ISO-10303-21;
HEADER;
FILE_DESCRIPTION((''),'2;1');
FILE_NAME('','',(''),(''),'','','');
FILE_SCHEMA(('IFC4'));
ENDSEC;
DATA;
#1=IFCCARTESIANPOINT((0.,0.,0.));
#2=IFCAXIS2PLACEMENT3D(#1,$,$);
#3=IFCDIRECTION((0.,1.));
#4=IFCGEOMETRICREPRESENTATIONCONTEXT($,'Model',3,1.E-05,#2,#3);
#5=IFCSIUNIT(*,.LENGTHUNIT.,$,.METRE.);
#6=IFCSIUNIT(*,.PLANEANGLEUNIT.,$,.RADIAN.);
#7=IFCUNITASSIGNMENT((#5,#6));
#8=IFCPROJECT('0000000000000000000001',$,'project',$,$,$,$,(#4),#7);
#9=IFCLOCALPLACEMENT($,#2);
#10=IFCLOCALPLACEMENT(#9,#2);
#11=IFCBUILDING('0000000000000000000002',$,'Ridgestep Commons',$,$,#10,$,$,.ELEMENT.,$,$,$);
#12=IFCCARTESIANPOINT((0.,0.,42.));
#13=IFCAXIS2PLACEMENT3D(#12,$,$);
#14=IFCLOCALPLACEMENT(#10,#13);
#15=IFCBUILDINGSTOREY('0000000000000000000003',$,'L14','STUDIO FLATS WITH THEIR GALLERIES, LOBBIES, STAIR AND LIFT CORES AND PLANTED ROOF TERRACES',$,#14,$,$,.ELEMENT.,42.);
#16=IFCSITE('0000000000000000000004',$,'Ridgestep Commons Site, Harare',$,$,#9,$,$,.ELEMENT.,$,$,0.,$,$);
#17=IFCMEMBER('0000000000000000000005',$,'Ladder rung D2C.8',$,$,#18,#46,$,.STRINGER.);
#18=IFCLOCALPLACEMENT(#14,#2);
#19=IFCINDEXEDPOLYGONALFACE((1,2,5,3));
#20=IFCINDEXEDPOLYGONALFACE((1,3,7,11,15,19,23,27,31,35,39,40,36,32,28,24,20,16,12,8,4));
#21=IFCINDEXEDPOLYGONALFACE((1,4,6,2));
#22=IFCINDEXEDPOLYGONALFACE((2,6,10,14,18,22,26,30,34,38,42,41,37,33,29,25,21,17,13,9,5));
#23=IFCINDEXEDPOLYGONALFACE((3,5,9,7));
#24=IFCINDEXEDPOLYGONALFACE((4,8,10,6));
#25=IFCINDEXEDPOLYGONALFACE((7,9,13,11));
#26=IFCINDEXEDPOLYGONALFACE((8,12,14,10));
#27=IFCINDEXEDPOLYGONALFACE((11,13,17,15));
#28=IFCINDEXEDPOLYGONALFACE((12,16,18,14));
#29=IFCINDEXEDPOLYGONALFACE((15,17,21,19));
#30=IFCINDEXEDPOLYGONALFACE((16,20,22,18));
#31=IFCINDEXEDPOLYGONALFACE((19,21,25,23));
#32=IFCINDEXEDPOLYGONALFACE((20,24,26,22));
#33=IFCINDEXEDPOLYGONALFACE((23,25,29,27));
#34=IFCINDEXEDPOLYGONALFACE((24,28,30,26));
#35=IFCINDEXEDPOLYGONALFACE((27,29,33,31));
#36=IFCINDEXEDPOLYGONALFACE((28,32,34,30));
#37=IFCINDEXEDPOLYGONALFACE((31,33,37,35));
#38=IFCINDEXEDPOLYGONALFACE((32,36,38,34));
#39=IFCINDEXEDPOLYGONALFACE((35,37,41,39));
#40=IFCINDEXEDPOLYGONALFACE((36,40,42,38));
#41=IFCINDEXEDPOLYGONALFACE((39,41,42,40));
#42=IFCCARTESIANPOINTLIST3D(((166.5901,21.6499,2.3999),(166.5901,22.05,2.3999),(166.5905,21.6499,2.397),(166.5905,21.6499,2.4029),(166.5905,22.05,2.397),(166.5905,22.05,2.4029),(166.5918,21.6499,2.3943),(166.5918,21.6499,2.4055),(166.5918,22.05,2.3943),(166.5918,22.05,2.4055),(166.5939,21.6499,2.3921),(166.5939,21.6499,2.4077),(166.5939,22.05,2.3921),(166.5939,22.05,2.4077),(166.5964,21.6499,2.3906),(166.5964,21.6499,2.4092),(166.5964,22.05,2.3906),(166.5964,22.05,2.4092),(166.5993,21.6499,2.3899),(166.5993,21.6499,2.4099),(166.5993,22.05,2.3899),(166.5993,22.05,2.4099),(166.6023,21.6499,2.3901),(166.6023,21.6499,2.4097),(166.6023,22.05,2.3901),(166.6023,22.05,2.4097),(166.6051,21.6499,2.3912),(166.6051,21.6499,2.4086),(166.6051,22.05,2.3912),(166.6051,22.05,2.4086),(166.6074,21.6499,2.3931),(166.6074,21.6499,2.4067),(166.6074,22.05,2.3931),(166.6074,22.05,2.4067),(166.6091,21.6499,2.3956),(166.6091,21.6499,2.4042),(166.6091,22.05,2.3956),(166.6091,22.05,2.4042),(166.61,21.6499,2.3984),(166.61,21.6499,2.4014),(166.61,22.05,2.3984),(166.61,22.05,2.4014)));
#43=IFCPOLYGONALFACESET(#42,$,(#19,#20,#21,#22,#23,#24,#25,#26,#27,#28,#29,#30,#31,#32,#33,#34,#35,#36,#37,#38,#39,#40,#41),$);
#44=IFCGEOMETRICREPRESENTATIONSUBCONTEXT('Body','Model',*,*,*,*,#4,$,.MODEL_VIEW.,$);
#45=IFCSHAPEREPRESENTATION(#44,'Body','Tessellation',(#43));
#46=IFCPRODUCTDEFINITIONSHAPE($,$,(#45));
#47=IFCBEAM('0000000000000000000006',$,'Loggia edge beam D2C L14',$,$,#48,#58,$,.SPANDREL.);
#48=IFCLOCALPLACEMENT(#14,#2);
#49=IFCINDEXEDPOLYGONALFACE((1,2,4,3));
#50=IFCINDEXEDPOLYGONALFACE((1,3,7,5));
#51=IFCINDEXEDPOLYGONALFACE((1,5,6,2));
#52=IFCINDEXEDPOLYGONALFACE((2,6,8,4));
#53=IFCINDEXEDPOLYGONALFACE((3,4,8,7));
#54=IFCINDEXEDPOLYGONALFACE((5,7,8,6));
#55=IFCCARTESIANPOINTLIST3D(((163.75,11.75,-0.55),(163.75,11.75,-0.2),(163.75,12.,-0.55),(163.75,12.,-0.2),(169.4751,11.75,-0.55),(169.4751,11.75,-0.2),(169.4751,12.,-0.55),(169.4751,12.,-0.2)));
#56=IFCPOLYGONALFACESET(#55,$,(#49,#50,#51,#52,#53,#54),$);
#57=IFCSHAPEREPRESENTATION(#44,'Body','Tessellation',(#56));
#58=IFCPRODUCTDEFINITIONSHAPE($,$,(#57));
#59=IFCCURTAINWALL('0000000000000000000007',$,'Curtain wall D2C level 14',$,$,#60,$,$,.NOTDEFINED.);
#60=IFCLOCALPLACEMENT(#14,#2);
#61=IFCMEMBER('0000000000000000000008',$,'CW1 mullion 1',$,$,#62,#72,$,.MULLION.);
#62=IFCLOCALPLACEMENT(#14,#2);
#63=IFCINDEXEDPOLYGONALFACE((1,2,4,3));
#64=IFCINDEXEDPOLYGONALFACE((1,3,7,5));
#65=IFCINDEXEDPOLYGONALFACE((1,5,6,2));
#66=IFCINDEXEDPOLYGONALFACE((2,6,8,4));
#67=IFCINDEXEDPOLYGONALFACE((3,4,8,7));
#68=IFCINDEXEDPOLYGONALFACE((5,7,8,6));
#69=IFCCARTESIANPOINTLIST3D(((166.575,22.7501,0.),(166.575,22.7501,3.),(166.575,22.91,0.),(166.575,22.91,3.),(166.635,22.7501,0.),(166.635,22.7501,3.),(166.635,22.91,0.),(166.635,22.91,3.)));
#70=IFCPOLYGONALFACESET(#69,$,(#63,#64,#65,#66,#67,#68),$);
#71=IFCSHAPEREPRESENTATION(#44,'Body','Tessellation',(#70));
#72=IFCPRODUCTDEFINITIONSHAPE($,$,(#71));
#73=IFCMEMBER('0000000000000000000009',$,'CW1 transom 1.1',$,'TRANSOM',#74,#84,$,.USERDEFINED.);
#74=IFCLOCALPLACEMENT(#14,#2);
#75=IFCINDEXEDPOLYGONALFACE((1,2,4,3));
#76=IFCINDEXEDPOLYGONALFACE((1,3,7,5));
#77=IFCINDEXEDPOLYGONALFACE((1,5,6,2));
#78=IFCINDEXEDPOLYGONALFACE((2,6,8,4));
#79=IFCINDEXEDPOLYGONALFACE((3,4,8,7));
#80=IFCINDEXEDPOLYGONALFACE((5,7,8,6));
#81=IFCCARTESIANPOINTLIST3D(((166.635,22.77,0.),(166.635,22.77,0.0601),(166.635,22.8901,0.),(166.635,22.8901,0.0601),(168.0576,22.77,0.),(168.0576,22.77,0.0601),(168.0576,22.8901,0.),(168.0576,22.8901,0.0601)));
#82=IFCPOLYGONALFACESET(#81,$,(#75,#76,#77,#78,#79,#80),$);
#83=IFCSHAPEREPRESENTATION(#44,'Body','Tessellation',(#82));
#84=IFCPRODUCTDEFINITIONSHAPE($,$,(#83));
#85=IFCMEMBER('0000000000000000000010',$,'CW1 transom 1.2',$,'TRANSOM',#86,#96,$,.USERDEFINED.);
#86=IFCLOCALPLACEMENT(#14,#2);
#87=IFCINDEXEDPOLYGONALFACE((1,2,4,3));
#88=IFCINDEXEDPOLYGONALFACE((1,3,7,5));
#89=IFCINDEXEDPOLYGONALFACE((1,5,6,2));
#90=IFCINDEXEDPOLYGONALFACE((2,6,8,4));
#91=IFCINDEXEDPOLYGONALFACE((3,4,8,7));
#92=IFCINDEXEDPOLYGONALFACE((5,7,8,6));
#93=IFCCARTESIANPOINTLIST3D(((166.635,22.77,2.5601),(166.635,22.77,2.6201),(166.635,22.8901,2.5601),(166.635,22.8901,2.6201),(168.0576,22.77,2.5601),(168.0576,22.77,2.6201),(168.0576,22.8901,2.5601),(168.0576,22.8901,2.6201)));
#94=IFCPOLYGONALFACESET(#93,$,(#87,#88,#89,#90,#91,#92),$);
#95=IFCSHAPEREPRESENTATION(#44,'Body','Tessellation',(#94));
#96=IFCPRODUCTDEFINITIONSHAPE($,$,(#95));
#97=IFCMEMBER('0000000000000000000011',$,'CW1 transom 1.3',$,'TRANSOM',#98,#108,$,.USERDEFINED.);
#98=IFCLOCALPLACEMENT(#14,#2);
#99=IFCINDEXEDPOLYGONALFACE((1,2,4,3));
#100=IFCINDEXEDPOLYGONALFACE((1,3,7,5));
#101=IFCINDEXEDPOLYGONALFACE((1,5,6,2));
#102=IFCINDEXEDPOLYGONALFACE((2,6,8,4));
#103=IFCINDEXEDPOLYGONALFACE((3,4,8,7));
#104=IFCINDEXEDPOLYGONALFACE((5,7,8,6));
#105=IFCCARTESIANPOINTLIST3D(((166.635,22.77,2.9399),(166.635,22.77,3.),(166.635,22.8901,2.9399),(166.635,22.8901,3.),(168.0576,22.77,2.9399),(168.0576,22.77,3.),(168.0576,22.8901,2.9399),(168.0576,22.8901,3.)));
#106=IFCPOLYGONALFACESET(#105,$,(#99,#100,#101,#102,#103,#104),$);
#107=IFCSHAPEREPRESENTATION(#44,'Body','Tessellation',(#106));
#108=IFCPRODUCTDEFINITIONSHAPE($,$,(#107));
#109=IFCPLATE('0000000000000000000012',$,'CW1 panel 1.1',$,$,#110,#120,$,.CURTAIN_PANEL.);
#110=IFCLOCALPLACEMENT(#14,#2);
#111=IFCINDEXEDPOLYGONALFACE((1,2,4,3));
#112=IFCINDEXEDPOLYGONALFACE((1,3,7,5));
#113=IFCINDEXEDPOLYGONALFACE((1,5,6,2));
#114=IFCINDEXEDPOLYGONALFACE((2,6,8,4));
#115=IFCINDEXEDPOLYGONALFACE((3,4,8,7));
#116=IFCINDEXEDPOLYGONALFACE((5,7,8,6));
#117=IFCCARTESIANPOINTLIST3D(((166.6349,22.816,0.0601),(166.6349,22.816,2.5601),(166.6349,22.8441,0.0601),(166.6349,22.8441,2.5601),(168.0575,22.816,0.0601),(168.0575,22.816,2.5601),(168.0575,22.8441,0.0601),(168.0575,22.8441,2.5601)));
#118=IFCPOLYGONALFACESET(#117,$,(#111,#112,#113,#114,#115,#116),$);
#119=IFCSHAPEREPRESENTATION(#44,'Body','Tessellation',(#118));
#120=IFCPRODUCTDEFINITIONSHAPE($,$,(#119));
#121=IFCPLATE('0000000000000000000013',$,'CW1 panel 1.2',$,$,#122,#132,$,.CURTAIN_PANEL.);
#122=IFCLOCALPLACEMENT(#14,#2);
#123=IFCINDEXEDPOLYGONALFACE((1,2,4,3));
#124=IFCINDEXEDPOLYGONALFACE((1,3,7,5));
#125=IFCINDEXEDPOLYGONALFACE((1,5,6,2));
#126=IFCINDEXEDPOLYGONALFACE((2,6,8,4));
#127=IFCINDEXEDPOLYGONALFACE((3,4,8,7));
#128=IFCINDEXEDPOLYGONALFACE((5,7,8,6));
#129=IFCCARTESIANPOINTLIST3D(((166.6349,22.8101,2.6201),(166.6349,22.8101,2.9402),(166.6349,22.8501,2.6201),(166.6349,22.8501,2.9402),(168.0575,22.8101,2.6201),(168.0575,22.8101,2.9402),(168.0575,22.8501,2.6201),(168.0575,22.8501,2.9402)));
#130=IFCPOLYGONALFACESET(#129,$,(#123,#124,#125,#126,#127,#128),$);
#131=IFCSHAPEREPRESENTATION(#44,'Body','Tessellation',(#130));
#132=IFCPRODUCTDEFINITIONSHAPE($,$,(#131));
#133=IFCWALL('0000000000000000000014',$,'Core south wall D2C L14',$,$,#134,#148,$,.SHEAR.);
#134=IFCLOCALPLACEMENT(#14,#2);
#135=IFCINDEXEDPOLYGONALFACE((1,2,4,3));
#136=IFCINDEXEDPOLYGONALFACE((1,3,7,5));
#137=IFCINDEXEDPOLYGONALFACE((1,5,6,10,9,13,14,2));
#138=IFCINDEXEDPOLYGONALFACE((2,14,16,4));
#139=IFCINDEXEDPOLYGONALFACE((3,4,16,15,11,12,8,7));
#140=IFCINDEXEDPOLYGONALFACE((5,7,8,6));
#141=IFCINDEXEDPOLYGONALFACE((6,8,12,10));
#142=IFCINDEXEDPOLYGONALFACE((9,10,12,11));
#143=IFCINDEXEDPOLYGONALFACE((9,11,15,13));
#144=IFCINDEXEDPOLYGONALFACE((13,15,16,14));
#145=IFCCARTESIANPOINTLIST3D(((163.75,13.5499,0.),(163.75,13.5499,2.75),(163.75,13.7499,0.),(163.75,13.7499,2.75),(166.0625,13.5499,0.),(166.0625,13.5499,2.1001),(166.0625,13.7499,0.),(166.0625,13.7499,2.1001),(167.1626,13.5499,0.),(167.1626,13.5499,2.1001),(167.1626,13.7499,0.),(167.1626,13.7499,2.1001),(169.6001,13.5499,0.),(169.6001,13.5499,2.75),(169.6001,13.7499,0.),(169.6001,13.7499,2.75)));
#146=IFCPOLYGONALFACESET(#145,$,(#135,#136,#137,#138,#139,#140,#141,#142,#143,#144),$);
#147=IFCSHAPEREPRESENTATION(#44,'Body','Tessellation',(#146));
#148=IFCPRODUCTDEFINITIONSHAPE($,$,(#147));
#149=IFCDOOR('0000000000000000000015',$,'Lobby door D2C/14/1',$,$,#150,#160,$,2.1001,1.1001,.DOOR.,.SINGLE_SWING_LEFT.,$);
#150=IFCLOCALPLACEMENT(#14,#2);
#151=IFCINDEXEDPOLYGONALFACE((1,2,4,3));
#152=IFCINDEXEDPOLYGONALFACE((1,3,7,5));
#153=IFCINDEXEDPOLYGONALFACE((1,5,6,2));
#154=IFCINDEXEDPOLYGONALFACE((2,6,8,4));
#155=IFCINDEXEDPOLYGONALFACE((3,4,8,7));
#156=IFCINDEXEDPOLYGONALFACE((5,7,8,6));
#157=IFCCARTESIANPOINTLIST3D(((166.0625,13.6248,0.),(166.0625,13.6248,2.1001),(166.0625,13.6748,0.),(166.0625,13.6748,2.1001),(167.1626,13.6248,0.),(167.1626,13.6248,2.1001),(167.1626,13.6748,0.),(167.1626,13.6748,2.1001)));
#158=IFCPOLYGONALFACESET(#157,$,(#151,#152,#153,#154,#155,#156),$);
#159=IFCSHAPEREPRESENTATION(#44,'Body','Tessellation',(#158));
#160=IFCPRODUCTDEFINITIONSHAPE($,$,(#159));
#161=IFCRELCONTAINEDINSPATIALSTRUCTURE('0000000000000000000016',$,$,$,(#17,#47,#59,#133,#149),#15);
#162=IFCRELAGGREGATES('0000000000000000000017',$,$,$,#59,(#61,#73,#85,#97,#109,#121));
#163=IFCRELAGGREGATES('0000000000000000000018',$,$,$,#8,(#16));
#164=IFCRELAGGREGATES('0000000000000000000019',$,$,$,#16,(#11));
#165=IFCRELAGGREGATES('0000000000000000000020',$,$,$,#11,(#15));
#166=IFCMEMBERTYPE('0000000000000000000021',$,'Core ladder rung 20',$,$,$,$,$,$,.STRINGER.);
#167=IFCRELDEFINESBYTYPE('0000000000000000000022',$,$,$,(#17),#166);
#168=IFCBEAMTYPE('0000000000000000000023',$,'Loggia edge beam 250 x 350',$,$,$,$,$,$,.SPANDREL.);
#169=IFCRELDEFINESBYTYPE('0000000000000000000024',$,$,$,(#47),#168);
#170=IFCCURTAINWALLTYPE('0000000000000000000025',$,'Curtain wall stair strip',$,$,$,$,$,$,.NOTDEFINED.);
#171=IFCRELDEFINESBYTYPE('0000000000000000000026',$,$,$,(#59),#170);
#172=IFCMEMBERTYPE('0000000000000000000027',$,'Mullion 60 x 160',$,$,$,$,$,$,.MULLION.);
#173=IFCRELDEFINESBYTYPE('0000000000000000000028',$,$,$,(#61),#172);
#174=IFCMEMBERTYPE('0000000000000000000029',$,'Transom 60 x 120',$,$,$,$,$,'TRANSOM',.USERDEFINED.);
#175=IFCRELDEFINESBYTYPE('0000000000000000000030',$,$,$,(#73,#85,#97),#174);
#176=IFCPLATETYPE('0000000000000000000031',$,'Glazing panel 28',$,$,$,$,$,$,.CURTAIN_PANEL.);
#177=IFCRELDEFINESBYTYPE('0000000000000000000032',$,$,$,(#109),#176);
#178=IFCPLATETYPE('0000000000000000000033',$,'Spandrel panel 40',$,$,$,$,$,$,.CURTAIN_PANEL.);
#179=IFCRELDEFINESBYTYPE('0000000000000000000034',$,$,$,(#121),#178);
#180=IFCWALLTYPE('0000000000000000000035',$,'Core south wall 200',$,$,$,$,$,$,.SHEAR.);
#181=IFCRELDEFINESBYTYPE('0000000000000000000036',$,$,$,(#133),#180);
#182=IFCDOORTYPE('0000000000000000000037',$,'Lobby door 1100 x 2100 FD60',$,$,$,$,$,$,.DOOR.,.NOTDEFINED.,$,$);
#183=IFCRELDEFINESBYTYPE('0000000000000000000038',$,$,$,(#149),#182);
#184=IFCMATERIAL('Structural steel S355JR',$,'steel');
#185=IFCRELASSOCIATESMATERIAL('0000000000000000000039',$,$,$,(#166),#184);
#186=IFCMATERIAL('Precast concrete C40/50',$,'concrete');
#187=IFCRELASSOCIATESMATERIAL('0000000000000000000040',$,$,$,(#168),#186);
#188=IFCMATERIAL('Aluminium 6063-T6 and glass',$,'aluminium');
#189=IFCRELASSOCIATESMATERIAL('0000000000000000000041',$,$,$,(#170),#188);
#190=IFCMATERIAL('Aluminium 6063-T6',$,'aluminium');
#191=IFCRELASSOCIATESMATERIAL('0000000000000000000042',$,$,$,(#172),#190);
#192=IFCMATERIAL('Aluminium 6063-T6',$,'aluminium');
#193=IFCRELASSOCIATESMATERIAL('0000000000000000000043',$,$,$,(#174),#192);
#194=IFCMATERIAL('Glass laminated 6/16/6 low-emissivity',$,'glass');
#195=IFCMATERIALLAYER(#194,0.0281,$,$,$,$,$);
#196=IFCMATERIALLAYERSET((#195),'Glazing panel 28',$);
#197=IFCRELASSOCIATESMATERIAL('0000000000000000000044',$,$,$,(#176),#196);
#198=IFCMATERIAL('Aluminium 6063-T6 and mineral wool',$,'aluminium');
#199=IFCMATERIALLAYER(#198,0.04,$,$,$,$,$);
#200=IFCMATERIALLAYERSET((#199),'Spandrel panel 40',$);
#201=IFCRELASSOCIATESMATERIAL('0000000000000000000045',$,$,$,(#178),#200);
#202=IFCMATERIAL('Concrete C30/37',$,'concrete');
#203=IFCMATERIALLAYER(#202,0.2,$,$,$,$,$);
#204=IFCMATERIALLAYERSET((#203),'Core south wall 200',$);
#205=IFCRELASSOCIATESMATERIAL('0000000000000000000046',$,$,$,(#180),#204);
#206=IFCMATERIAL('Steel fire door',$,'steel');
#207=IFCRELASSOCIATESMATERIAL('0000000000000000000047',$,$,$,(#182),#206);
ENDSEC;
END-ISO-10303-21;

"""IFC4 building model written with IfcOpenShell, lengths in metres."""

from ifc_helpers import new_model, si_unit, direction, frame, frame_2d, origin, origin_2d, place, context, subcontext, project, spatial, rectangle, circle, extrude, material, layer, layer_set, material_profile, profile_set, type_object, element, fill, aggregate, save


model = new_model("IFC4")

# Units and contexts
model_context = context("Model", 3, precision=1e-05, world=origin(), true_north=direction((0.0, 1.0)))
body_context = subcontext(model_context, "Body", "Model", "MODEL_VIEW")
ifc_project = project(units=[si_unit("LENGTHUNIT", "METRE"), si_unit("PLANEANGLEUNIT", "RADIAN")], contexts=[model_context])

# Site, building, storey
site_placement = place(None, origin())
site = spatial("IfcSite", under=ifc_project, at=site_placement, Name="Ridgestep Commons Site, Harare", CompositionType="ELEMENT", RefElevation=0.0)
building_placement = place(site_placement, origin())
building = spatial("IfcBuilding", under=site, at=building_placement, Name="Ridgestep Commons", CompositionType="ELEMENT")
storey_placement = place(building_placement, frame((0.0, 0.0, 42.0)))
storey = spatial("IfcBuildingStorey", under=building, at=storey_placement, Name="L14", Description="STUDIO FLATS WITH THEIR GALLERIES, LOBBIES, STAIR AND LIFT CORES AND PLANTED ROOF TERRACES", CompositionType="ELEMENT", Elevation=42.0)

# Member
ifc_material_1 = material(Name="Structural steel S355JR", Category="steel")
ifc_material_profile_1 = material_profile(ifc_material_1, circle(Radius=0.01, at=origin_2d()), Name="Round bar 20")
ifc_profile_set_1 = profile_set([ifc_material_profile_1], Name="Structural steel S355JR")
member_type_1 = type_object("IfcMemberType", Name="Core ladder rung 20", PredefinedType="STRINGER", material=ifc_profile_set_1)
for number, where, z_axis, x_axis, name in (
    (1, (166.6001, 21.6499, 2.3999), (0.0, 1.0, 0.0), (-1.0, 0.0, 0.0), "Ladder rung D2C.8"),
):
    element("IfcMember", number, at=place(storey_placement, frame(where, z_axis=z_axis, x_axis=x_axis)), inside=storey, type_object=member_type_1, Name=name, PredefinedType="STRINGER", context=body_context, shape_type="SweptSolid", body=[
        extrude(circle(Radius=0.01, at=origin_2d()), origin(), (0.0, 0.0, 1.0), 0.4001),
    ])

# Beam
ifc_material_2 = material(Name="Precast concrete C40/50", Category="concrete")
ifc_material_profile_2 = material_profile(ifc_material_2, rectangle(XDim=0.25, YDim=0.3501, at=origin_2d()), Name="PC 250x350")
ifc_profile_set_2 = profile_set([ifc_material_profile_2], Name="Precast concrete C40/50")
beam_type = type_object("IfcBeamType", Name="Loggia edge beam 250 x 350", PredefinedType="SPANDREL", material=ifc_profile_set_2)
beam_placement = place(storey_placement, frame((163.75, 11.875, -0.375), z_axis=(1.0, 0.0, 0.0), x_axis=(0.0, 1.0, 0.0)))
element("IfcBeam", 2, at=beam_placement, inside=storey, type_object=beam_type, Name="Loggia edge beam D2C L14", PredefinedType="SPANDREL", context=body_context, shape_type="SweptSolid", body=[
    extrude(rectangle(XDim=0.25, YDim=0.3501, at=origin_2d()), origin(), (0.0, 0.0, 1.0), 5.7251),
])

# Curtain wall, members, plates
ifc_material_3 = material(Name="Aluminium 6063-T6 and glass", Category="aluminium")
curtain_wall_type = type_object("IfcCurtainWallType", Name="Curtain wall stair strip", PredefinedType="NOTDEFINED", material=ifc_material_3)
curtain_wall_placement = place(storey_placement, origin())
curtain_wall = element("IfcCurtainWall", 3, at=curtain_wall_placement, inside=storey, type_object=curtain_wall_type, Name="Curtain wall D2C level 14", PredefinedType="NOTDEFINED")
ifc_material_4 = material(Name="Aluminium 6063-T6", Category="aluminium")
ifc_material_profile_3 = material_profile(ifc_material_4, rectangle(XDim=0.1599, YDim=0.0601, at=origin_2d()), Name="Mullion 60 x 160")
ifc_profile_set_3 = profile_set([ifc_material_profile_3], Name="Aluminium 6063-T6")
member_type_2 = type_object("IfcMemberType", Name="Mullion 60 x 160", PredefinedType="MULLION", material=ifc_profile_set_3)
member_1_placement = place(storey_placement, frame((166.605, 22.8301, 0.0), z_axis=(0.0, 0.0, 1.0), x_axis=(0.0, 1.0, 0.0)))
member_1 = element("IfcMember", 4, at=member_1_placement, type_object=member_type_2, Name="CW1 mullion 1", PredefinedType="MULLION", context=body_context, shape_type="SweptSolid", body=[
    extrude(rectangle(XDim=0.1599, YDim=0.0601, at=origin_2d()), origin(), (0.0, 0.0, 1.0), 3.0),
])
ifc_material_5 = material(Name="Aluminium 6063-T6", Category="aluminium")
ifc_material_profile_4 = material_profile(ifc_material_5, rectangle(XDim=0.1201, YDim=0.0601, at=origin_2d()), Name="Transom 60 x 120")
ifc_profile_set_4 = profile_set([ifc_material_profile_4], Name="Aluminium 6063-T6")
member_type_3 = type_object("IfcMemberType", Name="Transom 60 x 120", ElementType="TRANSOM", PredefinedType="USERDEFINED", material=ifc_profile_set_4)
member_2_placement = place(storey_placement, frame((166.635, 22.8301, 0.03), z_axis=(1.0, 0.0, 0.0), x_axis=(0.0, 1.0, 0.0)))
member_2 = element("IfcMember", 5, at=member_2_placement, type_object=member_type_3, Name="CW1 transom 1.1", ObjectType="TRANSOM", PredefinedType="USERDEFINED", context=body_context, shape_type="SweptSolid", body=[
    extrude(rectangle(XDim=0.1201, YDim=0.0601, at=origin_2d()), origin(), (0.0, 0.0, 1.0), 1.4226),
])
member_3_placement = place(storey_placement, frame((166.635, 22.8301, 2.5901), z_axis=(1.0, 0.0, 0.0), x_axis=(0.0, 1.0, 0.0)))
member_3 = element("IfcMember", 6, at=member_3_placement, type_object=member_type_3, Name="CW1 transom 1.2", ObjectType="TRANSOM", PredefinedType="USERDEFINED", context=body_context, shape_type="SweptSolid", body=[
    extrude(rectangle(XDim=0.1201, YDim=0.0601, at=origin_2d()), origin(), (0.0, 0.0, 1.0), 1.4226),
])
member_4_placement = place(storey_placement, frame((166.635, 22.8301, 2.97), z_axis=(1.0, 0.0, 0.0), x_axis=(0.0, 1.0, 0.0)))
member_4 = element("IfcMember", 7, at=member_4_placement, type_object=member_type_3, Name="CW1 transom 1.3", ObjectType="TRANSOM", PredefinedType="USERDEFINED", context=body_context, shape_type="SweptSolid", body=[
    extrude(rectangle(XDim=0.1201, YDim=0.0601, at=origin_2d()), origin(), (0.0, 0.0, 1.0), 1.4226),
])
ifc_material_6 = material(Name="Glass laminated 6/16/6 low-emissivity", Category="glass")
ifc_layer_1 = layer(ifc_material_6, 0.0281)
ifc_layer_set_1 = layer_set([ifc_layer_1], Name="Glazing panel 28")
plate_type_1 = type_object("IfcPlateType", Name="Glazing panel 28", PredefinedType="CURTAIN_PANEL", material=ifc_layer_set_1)
plate_1_placement = place(storey_placement, frame((167.3462, 22.8301, 0.0601), z_axis=(0.0, 0.0, 1.0), x_axis=(1.0, 0.0, 0.0)))
plate_1 = element("IfcPlate", 8, at=plate_1_placement, type_object=plate_type_1, Name="CW1 panel 1.1", PredefinedType="CURTAIN_PANEL", context=body_context, shape_type="SweptSolid", body=[
    extrude(rectangle(XDim=1.4226, YDim=0.0281, at=origin_2d()), origin(), (0.0, 0.0, 1.0), 2.5),
])
ifc_material_7 = material(Name="Aluminium 6063-T6 and mineral wool", Category="aluminium")
ifc_layer_2 = layer(ifc_material_7, 0.04)
ifc_layer_set_2 = layer_set([ifc_layer_2], Name="Spandrel panel 40")
plate_type_2 = type_object("IfcPlateType", Name="Spandrel panel 40", PredefinedType="CURTAIN_PANEL", material=ifc_layer_set_2)
plate_2_placement = place(storey_placement, frame((167.3462, 22.8301, 2.6201), z_axis=(0.0, 0.0, 1.0), x_axis=(1.0, 0.0, 0.0)))
plate_2 = element("IfcPlate", 9, at=plate_2_placement, type_object=plate_type_2, Name="CW1 panel 1.2", PredefinedType="CURTAIN_PANEL", context=body_context, shape_type="SweptSolid", body=[
    extrude(rectangle(XDim=1.4226, YDim=0.04, at=origin_2d()), origin(), (0.0, 0.0, 1.0), 0.3201),
])
aggregate(curtain_wall, [member_1, member_2, member_3, member_4, plate_1, plate_2])

# Wall, opening, door
ifc_material_8 = material(Name="Concrete C30/37", Category="concrete")
ifc_layer_3 = layer(ifc_material_8, 0.2)
ifc_layer_set_3 = layer_set([ifc_layer_3], Name="Core south wall 200")
wall_type_1 = type_object("IfcWallType", Name="Core south wall 200", PredefinedType="SHEAR", material=ifc_layer_set_3)
wall_1_placement = place(storey_placement, frame((163.75, 13.6499, 0.0), z_axis=(0.0, 0.0, 1.0), x_axis=(1.0, 0.0, 0.0)))
wall_1 = element("IfcWall", 10, at=wall_1_placement, inside=storey, type_object=wall_type_1, Name="Core south wall D2C L14", PredefinedType="SHEAR", context=body_context, shape_type="SweptSolid", body=[
    extrude(rectangle(XDim=5.8501, YDim=0.2, at=frame_2d((2.925, 0.0))), origin(), (0.0, 0.0, 1.0), 2.75),
])
opening_1_placement = place(wall_1_placement, frame((2.3125, 0.0, 0.0)))
opening_1 = element("IfcOpeningElement", 11, at=opening_1_placement, cuts=wall_1, PredefinedType="OPENING", context=body_context, shape_type="SweptSolid", body=[
    extrude(rectangle(XDim=1.1001, YDim=2.1001, at=frame_2d((0.55, 1.05))), frame((0.0, 0.1099, 0.0), z_axis=(0.0, -1.0, 0.0), x_axis=(1.0, 0.0, 0.0)), (0.0, 0.0, 1.0), 0.22),
])
ifc_material_9 = material(Name="Steel fire door", Category="steel")
door_type_1 = type_object("IfcDoorType", Name="Lobby door 1100 x 2100 FD60", OperationType="NOTDEFINED", PredefinedType="DOOR", material=ifc_material_9)
door_1_placement = place(opening_1_placement, origin())
door_1 = element("IfcDoor", 12, at=door_1_placement, inside=storey, type_object=door_type_1, Name="Lobby door D2C/14/1", OperationType="SINGLE_SWING_LEFT", OverallHeight=2.1001, OverallWidth=1.1001, PredefinedType="DOOR", context=body_context, shape_type="SweptSolid", body=[
    extrude(rectangle(XDim=1.1001, YDim=2.1001, at=frame_2d((0.55, 1.05))), frame((0.0, 0.0249, 0.0), z_axis=(0.0, -1.0, 0.0), x_axis=(1.0, 0.0, 0.0)), (0.0, 0.0, 1.0), 0.05),
])
fill(opening_1, door_1)

save(model, "model.ifc")
